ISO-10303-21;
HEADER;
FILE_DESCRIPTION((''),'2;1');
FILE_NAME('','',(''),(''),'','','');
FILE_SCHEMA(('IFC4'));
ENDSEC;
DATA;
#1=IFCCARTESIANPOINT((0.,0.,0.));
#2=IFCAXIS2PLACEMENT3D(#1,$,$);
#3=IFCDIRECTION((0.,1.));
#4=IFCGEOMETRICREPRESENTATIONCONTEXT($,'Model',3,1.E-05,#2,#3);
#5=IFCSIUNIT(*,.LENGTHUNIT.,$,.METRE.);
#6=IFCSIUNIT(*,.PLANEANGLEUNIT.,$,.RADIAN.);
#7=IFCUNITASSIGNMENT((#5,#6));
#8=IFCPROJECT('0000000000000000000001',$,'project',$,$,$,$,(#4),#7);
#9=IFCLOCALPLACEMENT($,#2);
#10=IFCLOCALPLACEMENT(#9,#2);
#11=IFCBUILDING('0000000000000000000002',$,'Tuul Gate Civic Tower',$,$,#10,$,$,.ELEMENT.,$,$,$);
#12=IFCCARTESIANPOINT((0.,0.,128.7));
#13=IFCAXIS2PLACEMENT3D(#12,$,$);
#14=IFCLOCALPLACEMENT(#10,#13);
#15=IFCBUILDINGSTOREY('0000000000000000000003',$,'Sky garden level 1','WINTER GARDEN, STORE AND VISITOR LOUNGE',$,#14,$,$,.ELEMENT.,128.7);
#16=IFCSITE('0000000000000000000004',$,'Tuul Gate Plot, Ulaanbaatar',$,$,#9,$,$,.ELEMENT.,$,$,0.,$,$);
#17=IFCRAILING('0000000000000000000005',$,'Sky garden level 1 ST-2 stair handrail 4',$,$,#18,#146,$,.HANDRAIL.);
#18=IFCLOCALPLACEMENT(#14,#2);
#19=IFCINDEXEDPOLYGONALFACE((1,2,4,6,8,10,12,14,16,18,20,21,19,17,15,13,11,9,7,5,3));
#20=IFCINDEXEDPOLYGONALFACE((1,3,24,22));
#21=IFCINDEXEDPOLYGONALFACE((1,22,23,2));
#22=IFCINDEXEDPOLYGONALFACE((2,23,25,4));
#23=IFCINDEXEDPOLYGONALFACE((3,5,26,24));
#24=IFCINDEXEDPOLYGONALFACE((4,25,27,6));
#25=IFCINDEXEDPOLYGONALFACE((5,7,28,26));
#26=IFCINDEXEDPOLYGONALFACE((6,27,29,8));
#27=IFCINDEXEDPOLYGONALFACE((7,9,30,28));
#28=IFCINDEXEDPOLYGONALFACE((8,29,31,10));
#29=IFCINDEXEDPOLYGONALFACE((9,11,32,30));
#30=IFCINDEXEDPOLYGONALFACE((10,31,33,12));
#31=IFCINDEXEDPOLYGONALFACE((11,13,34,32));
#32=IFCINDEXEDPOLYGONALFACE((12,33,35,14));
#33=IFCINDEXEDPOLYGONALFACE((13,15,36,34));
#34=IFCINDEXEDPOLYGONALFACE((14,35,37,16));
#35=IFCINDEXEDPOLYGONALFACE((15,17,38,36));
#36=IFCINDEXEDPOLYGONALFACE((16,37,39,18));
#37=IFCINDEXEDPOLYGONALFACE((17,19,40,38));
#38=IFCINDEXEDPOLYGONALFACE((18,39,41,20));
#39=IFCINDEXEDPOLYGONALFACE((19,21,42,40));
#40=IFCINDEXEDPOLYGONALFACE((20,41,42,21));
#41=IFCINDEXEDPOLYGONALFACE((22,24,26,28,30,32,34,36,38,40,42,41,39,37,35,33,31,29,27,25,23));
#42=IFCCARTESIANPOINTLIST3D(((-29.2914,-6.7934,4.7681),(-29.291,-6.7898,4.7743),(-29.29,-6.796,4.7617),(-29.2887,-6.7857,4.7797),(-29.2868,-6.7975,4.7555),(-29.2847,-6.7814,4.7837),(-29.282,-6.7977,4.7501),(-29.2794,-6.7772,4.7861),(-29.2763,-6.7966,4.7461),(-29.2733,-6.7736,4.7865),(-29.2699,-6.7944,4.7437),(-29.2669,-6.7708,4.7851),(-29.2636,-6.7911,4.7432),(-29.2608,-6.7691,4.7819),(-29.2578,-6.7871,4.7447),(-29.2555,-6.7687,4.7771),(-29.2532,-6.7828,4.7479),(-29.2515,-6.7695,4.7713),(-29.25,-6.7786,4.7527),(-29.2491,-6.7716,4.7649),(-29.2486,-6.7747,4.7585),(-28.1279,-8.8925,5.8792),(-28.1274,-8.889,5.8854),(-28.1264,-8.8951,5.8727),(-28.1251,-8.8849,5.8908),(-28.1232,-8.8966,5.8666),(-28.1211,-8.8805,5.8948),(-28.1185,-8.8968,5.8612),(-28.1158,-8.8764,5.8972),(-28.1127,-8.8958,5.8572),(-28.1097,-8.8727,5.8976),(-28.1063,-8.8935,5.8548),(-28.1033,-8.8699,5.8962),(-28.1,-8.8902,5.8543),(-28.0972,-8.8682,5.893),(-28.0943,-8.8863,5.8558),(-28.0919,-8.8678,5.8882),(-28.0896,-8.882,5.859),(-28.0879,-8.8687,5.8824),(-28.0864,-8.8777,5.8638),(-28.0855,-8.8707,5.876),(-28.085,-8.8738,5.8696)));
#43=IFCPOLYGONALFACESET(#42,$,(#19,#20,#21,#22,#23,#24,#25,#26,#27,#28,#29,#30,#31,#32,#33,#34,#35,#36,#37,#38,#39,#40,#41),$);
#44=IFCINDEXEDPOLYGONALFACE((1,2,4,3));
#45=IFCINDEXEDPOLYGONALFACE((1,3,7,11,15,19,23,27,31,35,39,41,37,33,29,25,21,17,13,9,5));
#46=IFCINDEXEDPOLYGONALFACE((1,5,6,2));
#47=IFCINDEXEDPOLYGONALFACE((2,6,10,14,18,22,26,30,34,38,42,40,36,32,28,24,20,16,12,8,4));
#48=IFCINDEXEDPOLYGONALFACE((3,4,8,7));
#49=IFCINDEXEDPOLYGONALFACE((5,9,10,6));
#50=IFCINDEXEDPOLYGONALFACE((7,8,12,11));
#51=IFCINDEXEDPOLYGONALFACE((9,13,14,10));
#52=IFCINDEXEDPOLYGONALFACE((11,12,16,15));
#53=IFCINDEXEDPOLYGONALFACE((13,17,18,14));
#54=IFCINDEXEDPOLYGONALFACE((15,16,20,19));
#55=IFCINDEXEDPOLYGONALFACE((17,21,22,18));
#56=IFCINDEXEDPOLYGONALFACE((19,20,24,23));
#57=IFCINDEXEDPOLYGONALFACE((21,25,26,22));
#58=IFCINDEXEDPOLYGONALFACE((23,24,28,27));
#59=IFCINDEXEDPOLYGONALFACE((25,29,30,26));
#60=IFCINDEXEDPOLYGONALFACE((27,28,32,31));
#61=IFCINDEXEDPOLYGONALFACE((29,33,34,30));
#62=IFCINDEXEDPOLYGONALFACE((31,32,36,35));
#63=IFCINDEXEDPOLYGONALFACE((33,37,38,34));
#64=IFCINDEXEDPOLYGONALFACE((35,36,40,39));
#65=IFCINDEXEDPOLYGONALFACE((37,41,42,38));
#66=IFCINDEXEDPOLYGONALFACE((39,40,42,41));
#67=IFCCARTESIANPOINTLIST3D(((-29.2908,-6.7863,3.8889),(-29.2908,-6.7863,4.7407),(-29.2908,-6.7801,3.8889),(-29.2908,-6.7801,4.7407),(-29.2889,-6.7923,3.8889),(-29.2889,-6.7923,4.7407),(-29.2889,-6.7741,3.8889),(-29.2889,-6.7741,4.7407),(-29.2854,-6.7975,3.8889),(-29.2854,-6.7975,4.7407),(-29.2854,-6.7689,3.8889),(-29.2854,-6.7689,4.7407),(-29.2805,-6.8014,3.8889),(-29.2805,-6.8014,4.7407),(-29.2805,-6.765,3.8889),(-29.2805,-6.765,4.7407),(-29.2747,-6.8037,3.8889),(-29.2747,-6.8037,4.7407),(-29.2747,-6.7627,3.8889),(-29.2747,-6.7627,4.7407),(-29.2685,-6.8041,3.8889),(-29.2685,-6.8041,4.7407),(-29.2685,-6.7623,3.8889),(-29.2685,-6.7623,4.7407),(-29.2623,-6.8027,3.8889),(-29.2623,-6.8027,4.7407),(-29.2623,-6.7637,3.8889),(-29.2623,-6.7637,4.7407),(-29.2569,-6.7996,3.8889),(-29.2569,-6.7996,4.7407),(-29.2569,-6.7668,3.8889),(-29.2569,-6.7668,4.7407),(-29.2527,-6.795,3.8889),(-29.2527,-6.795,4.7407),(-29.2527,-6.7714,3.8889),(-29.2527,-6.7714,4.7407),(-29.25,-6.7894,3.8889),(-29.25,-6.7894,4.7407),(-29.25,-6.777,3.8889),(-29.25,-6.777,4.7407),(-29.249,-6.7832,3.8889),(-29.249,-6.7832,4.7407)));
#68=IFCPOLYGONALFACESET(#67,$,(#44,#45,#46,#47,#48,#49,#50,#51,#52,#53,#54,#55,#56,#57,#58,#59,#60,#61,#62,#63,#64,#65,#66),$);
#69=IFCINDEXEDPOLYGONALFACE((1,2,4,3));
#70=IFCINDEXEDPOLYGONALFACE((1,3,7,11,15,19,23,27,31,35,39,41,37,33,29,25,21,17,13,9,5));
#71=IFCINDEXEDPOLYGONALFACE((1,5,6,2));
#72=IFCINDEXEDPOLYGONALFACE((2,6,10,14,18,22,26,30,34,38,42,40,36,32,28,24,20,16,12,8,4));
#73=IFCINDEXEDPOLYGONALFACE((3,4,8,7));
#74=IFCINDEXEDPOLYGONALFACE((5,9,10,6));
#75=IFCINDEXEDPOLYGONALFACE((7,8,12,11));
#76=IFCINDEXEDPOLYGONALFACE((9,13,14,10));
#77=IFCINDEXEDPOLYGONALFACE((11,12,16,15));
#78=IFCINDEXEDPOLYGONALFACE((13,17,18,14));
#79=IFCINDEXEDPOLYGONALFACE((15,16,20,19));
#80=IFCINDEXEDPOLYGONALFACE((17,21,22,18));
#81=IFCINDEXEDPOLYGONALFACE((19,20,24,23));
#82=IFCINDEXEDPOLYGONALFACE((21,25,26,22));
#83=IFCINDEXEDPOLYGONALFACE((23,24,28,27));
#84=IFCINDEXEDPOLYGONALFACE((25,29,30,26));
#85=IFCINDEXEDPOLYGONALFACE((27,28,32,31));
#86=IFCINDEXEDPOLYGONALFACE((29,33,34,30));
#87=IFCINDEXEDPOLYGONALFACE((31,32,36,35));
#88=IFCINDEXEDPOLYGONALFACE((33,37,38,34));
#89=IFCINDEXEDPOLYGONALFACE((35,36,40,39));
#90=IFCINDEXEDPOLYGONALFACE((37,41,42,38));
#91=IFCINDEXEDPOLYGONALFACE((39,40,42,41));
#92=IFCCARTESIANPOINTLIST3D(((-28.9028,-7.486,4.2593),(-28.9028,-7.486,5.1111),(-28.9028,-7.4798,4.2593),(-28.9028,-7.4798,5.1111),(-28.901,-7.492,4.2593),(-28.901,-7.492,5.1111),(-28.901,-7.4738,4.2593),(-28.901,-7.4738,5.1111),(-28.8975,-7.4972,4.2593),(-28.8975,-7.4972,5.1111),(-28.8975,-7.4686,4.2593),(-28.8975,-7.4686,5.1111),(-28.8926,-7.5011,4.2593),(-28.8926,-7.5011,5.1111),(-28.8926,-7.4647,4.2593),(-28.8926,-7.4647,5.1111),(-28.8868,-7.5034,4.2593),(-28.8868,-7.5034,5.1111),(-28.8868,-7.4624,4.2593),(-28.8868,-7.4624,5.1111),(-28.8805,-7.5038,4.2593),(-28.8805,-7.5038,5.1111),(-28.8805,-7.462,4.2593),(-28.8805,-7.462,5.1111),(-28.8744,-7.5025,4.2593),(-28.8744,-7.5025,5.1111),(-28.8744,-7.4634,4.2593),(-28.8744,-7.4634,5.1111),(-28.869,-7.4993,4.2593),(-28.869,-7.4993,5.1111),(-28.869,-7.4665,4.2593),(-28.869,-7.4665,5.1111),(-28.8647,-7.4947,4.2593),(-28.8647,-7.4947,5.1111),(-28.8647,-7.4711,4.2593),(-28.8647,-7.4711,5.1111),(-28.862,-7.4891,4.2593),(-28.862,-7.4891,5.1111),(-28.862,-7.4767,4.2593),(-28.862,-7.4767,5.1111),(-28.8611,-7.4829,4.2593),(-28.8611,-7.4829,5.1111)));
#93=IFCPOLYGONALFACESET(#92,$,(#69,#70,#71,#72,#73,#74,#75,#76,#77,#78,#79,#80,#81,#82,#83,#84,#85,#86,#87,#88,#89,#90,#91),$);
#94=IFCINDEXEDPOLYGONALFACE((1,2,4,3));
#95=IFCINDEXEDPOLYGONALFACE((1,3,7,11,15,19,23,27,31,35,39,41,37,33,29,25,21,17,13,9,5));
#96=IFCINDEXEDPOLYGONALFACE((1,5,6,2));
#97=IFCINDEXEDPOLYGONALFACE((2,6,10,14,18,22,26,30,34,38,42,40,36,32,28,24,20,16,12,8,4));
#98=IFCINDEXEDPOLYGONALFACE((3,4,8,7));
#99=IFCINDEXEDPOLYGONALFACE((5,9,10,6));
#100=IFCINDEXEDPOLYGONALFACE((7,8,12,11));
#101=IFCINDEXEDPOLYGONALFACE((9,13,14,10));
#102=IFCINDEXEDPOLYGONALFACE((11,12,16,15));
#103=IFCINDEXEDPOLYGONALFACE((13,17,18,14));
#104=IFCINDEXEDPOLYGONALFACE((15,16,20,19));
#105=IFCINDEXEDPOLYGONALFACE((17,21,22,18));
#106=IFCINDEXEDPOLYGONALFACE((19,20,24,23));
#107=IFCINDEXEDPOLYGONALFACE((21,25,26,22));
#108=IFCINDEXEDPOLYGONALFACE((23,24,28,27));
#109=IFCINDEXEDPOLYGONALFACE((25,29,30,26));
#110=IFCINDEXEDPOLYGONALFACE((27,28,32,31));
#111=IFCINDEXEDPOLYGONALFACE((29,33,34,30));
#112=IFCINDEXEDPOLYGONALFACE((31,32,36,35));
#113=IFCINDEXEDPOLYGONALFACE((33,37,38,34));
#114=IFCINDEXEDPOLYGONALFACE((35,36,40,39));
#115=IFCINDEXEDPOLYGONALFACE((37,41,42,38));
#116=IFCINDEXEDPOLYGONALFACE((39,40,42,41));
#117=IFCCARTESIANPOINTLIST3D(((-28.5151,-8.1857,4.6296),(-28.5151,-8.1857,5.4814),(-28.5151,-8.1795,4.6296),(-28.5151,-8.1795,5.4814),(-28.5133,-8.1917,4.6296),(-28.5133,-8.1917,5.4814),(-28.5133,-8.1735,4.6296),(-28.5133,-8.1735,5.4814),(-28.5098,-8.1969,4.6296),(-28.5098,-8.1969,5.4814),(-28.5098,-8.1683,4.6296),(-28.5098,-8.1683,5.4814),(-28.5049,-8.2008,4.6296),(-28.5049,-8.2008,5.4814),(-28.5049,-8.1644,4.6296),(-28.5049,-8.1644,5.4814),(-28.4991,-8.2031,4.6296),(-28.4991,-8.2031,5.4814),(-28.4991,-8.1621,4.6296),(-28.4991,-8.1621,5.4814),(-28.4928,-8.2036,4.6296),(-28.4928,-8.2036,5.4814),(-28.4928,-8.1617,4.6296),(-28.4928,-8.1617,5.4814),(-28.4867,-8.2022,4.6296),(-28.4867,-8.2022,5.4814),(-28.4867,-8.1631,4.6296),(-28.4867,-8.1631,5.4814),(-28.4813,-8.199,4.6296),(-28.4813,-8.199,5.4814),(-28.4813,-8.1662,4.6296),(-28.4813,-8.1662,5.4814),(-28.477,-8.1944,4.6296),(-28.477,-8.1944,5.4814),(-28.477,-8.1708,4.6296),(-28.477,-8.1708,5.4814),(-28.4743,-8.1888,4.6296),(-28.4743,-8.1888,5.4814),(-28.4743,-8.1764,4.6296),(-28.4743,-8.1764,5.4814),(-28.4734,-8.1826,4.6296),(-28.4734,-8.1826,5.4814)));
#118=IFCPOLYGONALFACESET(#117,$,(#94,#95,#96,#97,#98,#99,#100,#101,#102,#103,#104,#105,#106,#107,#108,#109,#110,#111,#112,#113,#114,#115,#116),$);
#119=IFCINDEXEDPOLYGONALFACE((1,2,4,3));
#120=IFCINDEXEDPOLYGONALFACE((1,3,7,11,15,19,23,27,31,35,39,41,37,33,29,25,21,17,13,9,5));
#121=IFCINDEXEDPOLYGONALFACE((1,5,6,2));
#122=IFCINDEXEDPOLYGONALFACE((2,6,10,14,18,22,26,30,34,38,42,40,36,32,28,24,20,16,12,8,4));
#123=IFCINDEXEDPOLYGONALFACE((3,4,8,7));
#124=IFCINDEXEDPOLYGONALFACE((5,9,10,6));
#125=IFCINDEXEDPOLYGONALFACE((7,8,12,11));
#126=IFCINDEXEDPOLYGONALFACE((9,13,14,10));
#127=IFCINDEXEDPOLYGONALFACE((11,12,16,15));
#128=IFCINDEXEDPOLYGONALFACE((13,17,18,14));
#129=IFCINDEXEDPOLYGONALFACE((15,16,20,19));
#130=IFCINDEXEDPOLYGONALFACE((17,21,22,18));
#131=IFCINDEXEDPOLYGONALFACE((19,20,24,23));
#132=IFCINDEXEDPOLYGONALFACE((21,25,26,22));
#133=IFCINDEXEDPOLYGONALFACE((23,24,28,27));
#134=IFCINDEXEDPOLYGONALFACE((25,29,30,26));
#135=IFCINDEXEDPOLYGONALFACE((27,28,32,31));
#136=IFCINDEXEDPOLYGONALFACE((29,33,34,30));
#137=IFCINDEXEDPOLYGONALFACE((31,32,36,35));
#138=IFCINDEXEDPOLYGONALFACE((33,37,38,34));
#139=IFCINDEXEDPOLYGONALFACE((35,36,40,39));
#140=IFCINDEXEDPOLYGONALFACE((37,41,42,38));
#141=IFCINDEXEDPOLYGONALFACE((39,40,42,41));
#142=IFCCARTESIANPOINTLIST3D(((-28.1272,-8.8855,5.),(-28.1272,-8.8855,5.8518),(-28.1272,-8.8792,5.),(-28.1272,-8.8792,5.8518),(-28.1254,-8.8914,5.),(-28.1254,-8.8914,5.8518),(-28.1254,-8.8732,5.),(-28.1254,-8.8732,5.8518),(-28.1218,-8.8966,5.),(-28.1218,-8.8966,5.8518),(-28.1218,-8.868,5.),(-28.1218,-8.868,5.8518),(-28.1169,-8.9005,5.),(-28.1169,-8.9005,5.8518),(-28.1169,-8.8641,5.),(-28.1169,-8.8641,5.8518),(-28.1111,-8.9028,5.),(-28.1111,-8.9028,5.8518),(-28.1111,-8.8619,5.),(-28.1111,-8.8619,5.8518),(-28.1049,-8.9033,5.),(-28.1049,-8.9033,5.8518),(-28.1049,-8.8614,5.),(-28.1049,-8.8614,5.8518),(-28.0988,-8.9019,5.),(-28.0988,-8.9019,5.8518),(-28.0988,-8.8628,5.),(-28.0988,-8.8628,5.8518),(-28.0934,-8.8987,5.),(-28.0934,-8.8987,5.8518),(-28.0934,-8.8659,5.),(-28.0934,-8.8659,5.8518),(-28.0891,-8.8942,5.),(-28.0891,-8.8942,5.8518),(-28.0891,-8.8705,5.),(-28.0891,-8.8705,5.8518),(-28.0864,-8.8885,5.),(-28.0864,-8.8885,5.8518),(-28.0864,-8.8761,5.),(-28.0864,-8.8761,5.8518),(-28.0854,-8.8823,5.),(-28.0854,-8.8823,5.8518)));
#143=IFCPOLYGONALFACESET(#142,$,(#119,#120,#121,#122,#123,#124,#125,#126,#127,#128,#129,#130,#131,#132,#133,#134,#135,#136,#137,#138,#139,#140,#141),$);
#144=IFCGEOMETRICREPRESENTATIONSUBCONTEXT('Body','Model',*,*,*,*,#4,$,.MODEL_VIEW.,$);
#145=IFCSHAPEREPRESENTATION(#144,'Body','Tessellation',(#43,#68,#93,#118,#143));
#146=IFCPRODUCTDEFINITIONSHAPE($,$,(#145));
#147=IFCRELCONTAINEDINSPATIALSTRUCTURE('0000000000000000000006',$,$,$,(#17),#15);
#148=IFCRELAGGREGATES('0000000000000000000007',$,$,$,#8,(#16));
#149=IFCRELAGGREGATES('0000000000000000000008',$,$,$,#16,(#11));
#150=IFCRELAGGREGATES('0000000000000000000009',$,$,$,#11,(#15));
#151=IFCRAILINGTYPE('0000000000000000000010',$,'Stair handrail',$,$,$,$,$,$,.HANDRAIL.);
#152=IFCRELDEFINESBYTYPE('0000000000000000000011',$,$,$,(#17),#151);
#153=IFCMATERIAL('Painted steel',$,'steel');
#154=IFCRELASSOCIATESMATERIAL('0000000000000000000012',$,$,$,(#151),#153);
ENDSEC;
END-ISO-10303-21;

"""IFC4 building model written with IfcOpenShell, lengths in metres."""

from ifc_helpers import new_model, si_unit, direction, frame, origin, origin_2d, place, context, subcontext, project, spatial, circle, extrude, material, type_object, element, save


model = new_model("IFC4")

# Units and contexts
model_context = context("Model", 3, precision=1e-05, world=origin(), true_north=direction((0.0, 1.0)))
body_context = subcontext(model_context, "Body", "Model", "MODEL_VIEW")
ifc_project = project(units=[si_unit("LENGTHUNIT", "METRE"), si_unit("PLANEANGLEUNIT", "RADIAN")], contexts=[model_context])

# Site, building, storey
site_placement = place(None, origin())
site = spatial("IfcSite", under=ifc_project, at=site_placement, Name="Tuul Gate Plot, Ulaanbaatar", CompositionType="ELEMENT", RefElevation=0.0)
building_placement = place(site_placement, origin())
building = spatial("IfcBuilding", under=site, at=building_placement, Name="Tuul Gate Civic Tower", CompositionType="ELEMENT")
storey_placement = place(building_placement, frame((0.0, 0.0, 128.7)))
storey = spatial("IfcBuildingStorey", under=building, at=storey_placement, Name="Sky garden level 1", Description="WINTER GARDEN, STORE AND VISITOR LOUNGE", CompositionType="ELEMENT", Elevation=128.7)

# Railing
ifc_material_1 = material(Name="Painted steel", Category="steel")
railing_type_1 = type_object("IfcRailingType", Name="Stair handrail", PredefinedType="HANDRAIL", material=ifc_material_1)
railing_1_placement = place(storey_placement, frame((-29.27, -6.7832, 3.8889)))
element("IfcRailing", 1, at=railing_1_placement, inside=storey, type_object=railing_type_1, Name="Sky garden level 1 ST-2 stair handrail 4", PredefinedType="HANDRAIL", context=body_context, shape_type="SweptSolid", body=[
    extrude(circle(Radius=0.0239, at=origin_2d()), frame((0.0, 0.0, 0.876), z_axis=(0.439956, -0.793692, 0.420109), x_axis=(0.874618, 0.484814, 0.0)), (0.0, 0.0, 1.0), 2.6448),
    extrude(circle(Radius=0.021, at=origin_2d()), origin(), (0.0, 0.0, 1.0), 0.8518),
    extrude(circle(Radius=0.021, at=origin_2d()), frame((0.3879, -0.6997, 0.3704)), (0.0, 0.0, 1.0), 0.8518),
    extrude(circle(Radius=0.021, at=origin_2d()), frame((0.7756, -1.3994, 0.7407)), (0.0, 0.0, 1.0), 0.8518),
    extrude(circle(Radius=0.021, at=origin_2d()), frame((1.1636, -2.0991, 1.1111)), (0.0, 0.0, 1.0), 0.8518),
])

save(model, "model.ifc")
